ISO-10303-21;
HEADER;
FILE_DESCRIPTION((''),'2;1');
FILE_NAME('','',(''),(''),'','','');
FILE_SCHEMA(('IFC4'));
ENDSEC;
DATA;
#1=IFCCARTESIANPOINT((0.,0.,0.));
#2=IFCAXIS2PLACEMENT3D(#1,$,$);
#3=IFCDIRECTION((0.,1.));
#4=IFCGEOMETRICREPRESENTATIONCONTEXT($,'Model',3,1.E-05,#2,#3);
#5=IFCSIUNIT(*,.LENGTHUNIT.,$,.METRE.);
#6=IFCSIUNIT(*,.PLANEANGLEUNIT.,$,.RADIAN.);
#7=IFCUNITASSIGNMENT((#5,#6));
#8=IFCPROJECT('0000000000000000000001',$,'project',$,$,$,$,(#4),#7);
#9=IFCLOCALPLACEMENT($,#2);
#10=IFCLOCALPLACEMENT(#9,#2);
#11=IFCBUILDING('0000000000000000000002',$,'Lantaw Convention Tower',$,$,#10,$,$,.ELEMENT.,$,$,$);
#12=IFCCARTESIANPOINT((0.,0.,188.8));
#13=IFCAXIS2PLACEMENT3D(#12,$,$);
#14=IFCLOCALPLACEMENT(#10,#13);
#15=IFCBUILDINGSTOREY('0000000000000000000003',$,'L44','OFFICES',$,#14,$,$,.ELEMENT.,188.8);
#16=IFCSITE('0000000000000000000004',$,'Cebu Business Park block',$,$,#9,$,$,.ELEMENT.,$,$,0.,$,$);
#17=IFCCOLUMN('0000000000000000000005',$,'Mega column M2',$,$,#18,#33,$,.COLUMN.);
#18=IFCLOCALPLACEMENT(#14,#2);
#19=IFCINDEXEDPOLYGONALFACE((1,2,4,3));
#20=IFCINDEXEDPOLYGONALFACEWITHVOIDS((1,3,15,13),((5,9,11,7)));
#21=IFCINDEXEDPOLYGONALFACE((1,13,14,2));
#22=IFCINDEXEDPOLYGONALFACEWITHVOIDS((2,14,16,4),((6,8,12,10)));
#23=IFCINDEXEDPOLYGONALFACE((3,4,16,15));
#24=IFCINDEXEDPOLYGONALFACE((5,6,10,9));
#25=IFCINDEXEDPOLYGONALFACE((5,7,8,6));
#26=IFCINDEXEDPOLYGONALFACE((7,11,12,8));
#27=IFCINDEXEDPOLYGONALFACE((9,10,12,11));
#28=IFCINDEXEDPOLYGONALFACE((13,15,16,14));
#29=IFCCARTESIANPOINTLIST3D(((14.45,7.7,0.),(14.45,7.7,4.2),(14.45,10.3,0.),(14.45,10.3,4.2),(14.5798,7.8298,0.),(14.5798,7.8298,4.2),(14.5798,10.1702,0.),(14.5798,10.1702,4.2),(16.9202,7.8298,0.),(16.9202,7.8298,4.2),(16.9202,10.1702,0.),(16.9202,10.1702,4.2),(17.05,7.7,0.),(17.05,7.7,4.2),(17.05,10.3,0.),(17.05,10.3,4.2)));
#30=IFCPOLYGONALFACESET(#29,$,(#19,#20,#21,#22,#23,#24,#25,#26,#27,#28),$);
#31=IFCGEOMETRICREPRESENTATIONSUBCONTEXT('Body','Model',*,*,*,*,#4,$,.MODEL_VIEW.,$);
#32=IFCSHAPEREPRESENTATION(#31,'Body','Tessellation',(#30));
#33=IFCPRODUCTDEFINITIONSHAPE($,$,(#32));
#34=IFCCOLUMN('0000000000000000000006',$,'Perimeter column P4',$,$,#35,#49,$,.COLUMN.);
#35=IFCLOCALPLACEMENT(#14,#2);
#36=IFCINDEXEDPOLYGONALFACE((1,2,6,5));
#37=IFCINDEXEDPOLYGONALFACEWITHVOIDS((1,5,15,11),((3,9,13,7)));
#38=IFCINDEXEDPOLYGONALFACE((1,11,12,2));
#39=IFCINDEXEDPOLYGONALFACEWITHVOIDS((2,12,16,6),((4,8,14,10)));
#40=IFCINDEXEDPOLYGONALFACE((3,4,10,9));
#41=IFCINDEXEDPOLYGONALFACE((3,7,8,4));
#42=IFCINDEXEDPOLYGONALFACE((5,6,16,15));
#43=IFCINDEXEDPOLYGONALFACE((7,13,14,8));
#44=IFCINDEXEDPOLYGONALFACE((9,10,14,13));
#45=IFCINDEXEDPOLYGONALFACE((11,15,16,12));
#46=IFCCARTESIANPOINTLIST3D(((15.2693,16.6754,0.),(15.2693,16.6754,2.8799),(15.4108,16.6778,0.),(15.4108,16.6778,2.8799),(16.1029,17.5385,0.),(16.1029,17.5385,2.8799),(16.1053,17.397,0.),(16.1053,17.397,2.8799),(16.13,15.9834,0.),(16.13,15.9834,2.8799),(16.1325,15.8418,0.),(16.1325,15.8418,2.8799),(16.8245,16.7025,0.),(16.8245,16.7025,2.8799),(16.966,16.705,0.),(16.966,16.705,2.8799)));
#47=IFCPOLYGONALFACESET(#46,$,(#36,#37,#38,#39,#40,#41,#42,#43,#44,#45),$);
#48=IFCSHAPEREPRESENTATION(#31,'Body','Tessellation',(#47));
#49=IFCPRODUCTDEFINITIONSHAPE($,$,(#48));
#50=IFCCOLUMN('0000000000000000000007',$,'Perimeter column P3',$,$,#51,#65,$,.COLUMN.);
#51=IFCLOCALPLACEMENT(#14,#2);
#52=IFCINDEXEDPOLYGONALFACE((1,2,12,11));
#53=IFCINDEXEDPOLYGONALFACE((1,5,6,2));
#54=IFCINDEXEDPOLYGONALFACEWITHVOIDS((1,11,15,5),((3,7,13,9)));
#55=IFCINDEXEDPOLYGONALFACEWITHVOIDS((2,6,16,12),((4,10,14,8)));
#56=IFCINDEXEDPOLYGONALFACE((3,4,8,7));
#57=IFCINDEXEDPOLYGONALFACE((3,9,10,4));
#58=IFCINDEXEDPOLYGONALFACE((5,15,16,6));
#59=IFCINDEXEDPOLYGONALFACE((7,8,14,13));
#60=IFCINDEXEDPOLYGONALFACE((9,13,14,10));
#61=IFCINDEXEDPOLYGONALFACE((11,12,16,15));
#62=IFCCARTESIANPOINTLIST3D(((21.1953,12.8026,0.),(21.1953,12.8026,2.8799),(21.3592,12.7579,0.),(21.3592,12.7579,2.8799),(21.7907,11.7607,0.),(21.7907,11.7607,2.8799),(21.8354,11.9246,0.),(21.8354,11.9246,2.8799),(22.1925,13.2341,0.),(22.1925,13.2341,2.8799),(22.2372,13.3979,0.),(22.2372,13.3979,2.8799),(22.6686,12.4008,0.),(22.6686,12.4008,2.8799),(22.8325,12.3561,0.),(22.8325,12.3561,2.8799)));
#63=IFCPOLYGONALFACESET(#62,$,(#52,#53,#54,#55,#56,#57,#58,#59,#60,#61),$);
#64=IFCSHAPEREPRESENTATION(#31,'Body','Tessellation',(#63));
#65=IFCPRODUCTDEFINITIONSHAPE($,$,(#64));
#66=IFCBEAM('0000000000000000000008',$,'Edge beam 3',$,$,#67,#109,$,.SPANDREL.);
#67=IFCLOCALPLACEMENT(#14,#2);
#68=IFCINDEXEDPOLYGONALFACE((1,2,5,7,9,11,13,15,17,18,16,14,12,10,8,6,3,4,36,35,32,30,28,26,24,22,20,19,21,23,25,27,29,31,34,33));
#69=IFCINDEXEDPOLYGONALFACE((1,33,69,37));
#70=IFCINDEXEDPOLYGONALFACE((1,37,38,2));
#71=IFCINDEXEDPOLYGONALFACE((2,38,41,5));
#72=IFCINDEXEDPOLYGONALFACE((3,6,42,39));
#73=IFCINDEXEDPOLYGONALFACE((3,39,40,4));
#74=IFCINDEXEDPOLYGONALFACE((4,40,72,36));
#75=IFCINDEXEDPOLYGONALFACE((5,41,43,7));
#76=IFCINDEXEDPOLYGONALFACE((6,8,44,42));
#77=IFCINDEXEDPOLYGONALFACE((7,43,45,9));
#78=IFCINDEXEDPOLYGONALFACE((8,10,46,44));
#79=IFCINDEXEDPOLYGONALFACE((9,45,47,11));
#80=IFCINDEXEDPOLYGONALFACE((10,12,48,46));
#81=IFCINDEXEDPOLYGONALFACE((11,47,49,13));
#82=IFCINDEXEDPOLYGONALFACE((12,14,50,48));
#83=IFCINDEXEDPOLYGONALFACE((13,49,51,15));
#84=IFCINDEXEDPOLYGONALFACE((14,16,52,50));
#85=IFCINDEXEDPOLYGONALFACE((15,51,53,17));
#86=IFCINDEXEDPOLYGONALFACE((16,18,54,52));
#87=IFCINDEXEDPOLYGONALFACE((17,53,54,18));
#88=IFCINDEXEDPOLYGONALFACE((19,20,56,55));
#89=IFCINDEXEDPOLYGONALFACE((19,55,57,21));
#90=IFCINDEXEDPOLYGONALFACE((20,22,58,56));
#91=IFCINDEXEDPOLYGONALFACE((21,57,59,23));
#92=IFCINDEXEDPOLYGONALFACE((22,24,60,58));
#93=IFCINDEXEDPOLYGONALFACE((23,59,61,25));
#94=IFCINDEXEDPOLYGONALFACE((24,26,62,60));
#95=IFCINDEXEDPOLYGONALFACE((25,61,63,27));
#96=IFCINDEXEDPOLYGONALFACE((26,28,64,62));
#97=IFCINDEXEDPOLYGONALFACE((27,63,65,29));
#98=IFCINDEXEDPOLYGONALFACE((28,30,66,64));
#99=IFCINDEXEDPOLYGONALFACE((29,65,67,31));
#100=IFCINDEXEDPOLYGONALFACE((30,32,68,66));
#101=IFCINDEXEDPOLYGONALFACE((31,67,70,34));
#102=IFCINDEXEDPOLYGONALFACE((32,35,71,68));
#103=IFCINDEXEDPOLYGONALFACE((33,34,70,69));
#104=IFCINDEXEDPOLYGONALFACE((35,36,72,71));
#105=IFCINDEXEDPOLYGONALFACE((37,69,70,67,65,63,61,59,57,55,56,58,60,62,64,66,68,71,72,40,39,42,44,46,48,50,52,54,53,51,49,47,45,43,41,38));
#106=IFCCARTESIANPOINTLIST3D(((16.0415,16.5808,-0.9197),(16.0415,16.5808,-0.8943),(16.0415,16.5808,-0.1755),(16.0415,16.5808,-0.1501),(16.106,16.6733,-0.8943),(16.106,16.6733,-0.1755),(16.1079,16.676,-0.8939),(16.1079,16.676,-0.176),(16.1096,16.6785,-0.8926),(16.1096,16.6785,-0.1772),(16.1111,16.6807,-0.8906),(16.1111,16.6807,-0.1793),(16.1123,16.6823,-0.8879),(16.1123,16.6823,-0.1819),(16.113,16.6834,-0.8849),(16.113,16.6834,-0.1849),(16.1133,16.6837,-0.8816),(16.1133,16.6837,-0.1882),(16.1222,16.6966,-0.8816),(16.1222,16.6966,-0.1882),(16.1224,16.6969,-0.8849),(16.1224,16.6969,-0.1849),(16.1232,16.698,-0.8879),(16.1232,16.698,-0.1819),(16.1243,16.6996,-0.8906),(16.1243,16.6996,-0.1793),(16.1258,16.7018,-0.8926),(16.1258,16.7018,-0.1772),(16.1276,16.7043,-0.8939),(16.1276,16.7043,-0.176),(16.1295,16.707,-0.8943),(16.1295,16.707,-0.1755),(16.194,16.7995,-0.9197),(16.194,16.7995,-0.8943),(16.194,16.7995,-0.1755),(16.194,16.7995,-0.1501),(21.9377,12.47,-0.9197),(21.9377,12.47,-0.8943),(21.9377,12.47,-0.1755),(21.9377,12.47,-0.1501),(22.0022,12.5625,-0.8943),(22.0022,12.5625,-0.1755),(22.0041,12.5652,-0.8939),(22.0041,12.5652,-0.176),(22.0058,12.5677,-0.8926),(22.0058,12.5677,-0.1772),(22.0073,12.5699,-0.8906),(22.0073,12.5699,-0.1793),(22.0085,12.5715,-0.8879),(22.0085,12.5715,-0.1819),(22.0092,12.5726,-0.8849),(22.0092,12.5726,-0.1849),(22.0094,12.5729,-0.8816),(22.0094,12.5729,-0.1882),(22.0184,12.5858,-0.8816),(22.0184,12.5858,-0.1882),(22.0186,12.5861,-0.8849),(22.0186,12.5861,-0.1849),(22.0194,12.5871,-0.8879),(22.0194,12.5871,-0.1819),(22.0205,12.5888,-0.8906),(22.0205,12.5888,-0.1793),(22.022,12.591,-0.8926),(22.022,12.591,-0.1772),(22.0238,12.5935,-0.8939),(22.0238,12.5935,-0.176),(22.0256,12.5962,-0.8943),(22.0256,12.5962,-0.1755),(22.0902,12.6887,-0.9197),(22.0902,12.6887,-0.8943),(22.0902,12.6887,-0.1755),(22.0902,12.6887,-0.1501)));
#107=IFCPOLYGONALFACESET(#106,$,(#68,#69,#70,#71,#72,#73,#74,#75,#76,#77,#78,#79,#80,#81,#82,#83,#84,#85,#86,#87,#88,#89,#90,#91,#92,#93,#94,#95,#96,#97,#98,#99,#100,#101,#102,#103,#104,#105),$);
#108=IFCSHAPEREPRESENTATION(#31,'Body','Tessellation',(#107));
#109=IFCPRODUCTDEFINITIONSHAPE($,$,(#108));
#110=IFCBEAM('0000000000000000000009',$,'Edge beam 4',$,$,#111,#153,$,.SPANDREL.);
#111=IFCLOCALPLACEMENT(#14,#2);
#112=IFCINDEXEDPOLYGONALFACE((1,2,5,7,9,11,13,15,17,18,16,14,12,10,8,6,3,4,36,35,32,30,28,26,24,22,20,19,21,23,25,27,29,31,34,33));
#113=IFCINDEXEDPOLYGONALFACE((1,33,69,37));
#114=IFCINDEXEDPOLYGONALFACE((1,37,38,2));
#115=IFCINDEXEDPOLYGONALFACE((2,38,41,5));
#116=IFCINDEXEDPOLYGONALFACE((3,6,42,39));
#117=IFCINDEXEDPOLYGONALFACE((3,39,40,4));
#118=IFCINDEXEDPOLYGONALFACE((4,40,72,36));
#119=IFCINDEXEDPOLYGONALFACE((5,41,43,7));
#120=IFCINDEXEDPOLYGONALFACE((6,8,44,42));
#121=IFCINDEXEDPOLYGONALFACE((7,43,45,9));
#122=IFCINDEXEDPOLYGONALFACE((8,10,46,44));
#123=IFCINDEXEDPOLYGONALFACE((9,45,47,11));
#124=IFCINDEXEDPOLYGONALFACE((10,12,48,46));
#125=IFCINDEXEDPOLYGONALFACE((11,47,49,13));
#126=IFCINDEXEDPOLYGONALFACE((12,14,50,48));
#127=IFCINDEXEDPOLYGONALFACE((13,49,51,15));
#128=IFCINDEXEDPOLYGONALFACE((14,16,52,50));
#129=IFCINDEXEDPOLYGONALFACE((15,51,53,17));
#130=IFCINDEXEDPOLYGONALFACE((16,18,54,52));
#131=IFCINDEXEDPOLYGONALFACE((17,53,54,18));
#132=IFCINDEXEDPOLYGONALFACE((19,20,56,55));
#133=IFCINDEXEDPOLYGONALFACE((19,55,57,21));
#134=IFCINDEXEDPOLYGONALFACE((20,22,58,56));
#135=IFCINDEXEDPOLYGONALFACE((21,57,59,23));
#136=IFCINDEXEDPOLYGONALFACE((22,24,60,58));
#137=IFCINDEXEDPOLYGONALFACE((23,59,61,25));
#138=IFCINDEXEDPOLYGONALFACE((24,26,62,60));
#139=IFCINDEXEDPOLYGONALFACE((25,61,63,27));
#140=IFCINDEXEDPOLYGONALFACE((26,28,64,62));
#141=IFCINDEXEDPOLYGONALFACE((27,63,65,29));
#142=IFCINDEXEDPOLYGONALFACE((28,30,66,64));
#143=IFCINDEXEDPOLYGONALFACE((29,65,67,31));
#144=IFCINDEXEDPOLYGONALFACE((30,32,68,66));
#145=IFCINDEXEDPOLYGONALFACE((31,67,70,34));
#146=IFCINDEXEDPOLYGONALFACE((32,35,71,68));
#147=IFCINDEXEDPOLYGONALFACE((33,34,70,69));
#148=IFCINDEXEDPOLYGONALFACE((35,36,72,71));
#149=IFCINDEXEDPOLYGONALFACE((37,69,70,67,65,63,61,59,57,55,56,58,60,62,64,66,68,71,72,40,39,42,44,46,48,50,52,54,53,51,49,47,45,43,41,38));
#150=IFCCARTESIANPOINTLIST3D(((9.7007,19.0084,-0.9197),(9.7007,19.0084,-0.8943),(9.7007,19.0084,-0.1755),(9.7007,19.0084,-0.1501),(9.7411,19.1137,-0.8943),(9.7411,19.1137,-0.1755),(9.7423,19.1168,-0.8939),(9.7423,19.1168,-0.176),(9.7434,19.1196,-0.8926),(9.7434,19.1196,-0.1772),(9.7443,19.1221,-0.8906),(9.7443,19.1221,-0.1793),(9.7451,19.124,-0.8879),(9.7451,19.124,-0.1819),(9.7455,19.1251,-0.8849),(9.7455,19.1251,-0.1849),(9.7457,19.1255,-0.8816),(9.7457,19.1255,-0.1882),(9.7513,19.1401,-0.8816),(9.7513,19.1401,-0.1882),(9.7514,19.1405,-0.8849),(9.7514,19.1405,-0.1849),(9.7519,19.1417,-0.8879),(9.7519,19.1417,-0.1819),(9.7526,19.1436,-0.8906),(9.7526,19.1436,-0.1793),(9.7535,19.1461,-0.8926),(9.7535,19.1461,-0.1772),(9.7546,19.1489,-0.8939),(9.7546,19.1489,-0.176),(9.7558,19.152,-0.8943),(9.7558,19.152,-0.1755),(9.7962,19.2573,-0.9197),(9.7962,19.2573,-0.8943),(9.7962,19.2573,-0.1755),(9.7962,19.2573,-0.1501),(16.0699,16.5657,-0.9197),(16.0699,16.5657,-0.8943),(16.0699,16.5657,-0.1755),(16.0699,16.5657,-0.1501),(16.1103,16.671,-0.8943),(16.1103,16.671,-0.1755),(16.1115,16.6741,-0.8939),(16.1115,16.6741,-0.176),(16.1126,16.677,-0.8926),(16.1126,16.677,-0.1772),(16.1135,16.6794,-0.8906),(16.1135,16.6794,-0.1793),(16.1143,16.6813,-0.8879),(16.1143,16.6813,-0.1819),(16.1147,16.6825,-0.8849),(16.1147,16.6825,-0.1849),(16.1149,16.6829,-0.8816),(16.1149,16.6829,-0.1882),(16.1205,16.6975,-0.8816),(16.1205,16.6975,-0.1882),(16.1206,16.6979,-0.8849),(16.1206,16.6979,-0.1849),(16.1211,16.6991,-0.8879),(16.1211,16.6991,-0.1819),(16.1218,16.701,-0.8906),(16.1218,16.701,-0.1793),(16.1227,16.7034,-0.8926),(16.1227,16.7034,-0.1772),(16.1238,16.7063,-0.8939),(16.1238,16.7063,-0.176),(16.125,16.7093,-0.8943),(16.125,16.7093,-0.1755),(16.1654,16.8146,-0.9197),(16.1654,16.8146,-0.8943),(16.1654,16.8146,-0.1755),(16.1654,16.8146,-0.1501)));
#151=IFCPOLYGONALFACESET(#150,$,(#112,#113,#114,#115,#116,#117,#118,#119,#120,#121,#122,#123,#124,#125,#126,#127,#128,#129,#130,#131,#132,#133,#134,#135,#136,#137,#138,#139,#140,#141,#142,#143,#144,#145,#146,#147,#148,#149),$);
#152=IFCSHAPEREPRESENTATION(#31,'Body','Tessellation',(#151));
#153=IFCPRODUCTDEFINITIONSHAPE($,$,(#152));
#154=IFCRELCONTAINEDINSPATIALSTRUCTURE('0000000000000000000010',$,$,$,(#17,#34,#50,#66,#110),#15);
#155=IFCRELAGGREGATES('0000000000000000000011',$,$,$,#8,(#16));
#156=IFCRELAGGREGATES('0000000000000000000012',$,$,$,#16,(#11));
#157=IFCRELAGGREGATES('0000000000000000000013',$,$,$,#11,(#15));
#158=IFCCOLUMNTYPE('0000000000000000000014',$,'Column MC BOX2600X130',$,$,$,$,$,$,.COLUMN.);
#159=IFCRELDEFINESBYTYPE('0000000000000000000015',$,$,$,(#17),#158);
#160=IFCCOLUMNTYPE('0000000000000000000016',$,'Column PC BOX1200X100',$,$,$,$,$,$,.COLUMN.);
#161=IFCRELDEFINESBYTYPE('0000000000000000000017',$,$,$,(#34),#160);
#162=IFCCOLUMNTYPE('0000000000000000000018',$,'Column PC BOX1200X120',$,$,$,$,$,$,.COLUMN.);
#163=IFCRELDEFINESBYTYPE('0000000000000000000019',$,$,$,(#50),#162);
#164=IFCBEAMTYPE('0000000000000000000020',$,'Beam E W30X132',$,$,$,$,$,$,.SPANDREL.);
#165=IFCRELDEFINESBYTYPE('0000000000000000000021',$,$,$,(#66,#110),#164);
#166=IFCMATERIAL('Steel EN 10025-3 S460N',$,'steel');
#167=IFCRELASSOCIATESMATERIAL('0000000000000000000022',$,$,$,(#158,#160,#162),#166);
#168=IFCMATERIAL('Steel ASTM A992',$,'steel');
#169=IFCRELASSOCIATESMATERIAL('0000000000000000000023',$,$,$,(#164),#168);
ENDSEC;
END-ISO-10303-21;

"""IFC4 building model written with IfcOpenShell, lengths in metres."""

from ifc_helpers import new_model, si_unit, direction, frame, origin, origin_2d, place, context, subcontext, project, spatial, rectangle, hollow_rectangle, i_section, extrude, material, material_profile, profile_set, type_object, element, save


model = new_model("IFC4")

# Units and contexts
model_context = context("Model", 3, precision=1e-05, world=origin(), true_north=direction((0.0, 1.0)))
body_context = subcontext(model_context, "Body", "Model", "MODEL_VIEW")
ifc_project = project(units=[si_unit("LENGTHUNIT", "METRE"), si_unit("PLANEANGLEUNIT", "RADIAN")], contexts=[model_context])

# Site, building, storey
site_placement = place(None, origin())
site = spatial("IfcSite", under=ifc_project, at=site_placement, Name="Cebu Business Park block", CompositionType="ELEMENT", RefElevation=0.0)
building_placement = place(site_placement, origin())
building = spatial("IfcBuilding", under=site, at=building_placement, Name="Lantaw Convention Tower", CompositionType="ELEMENT")
storey_placement = place(building_placement, frame((0.0, 0.0, 188.8)))
storey = spatial("IfcBuildingStorey", under=building, at=storey_placement, Name="L44", Description="OFFICES", CompositionType="ELEMENT", Elevation=188.8)

# Columns
ifc_material_1 = material(Name="Steel EN 10025-3 S460N", Category="steel")
ifc_material_profile_1 = material_profile(ifc_material_1, hollow_rectangle(XDim=2.6001, YDim=2.6001, WallThickness=0.1299, at=origin_2d()), Name="BOX2600X130")
ifc_material_2 = material(Name="Concrete C60/75", Category="concrete")
ifc_material_profile_2 = material_profile(ifc_material_2, rectangle(XDim=2.3401, YDim=2.3401, at=origin_2d()), Name="Concrete fill of BOX2600X130")
ifc_profile_set_1 = profile_set([ifc_material_profile_1, ifc_material_profile_2], Name="Steel EN 10025-3 S460N")
column_type_1 = type_object("IfcColumnType", Name="Column MC BOX2600X130", PredefinedType="COLUMN", material=ifc_profile_set_1)
column_1_placement = place(storey_placement, frame((15.75, 9.0, 0.0), z_axis=(0.0, 0.0, 1.0), x_axis=(1.0, 0.0, 0.0)))
element("IfcColumn", 1, at=column_1_placement, inside=storey, type_object=column_type_1, Name="Mega column M2", PredefinedType="COLUMN", context=body_context, shape_type="SweptSolid", body=[
    extrude(hollow_rectangle(XDim=2.6001, YDim=2.6001, WallThickness=0.1299, at=origin_2d()), origin(), (0.0, 0.0, 1.0), 4.2),
])
ifc_material_profile_3 = material_profile(ifc_material_1, hollow_rectangle(XDim=1.2, YDim=1.2, WallThickness=0.1001, at=origin_2d()), Name="BOX1200X100")
ifc_material_profile_4 = material_profile(ifc_material_2, rectangle(XDim=1.0, YDim=1.0, at=origin_2d()), Name="Concrete fill of BOX1200X100")
ifc_profile_set_2 = profile_set([ifc_material_profile_3, ifc_material_profile_4], Name="Steel EN 10025-3 S460N")
column_type_2 = type_object("IfcColumnType", Name="Column PC BOX1200X100", PredefinedType="COLUMN", material=ifc_profile_set_2)
column_2_placement = place(storey_placement, frame((16.1177, 16.6902, 0.0), z_axis=(0.0, 0.0, 1.0), x_axis=(0.694658, 0.71934, 0.0)))
element("IfcColumn", 2, at=column_2_placement, inside=storey, type_object=column_type_2, Name="Perimeter column P4", PredefinedType="COLUMN", context=body_context, shape_type="SweptSolid", body=[
    extrude(hollow_rectangle(XDim=1.2, YDim=1.2, WallThickness=0.1001, at=origin_2d()), origin(), (0.0, 0.0, 1.0), 2.8799),
])
ifc_material_profile_5 = material_profile(ifc_material_1, hollow_rectangle(XDim=1.2, YDim=1.2, WallThickness=0.1201, at=origin_2d()), Name="BOX1200X120")
ifc_material_profile_6 = material_profile(ifc_material_2, rectangle(XDim=0.96, YDim=0.96, at=origin_2d()), Name="Concrete fill of BOX1200X120")
ifc_profile_set_3 = profile_set([ifc_material_profile_5, ifc_material_profile_6], Name="Steel EN 10025-3 S460N")
column_type_3 = type_object("IfcColumnType", Name="Column PC BOX1200X120", PredefinedType="COLUMN", material=ifc_profile_set_3)
column_3_placement = place(storey_placement, frame((22.0139, 12.5793, 0.0), z_axis=(0.0, 0.0, 1.0), x_axis=(0.868243, 0.496139, 0.0)))
element("IfcColumn", 3, at=column_3_placement, inside=storey, type_object=column_type_3, Name="Perimeter column P3", PredefinedType="COLUMN", context=body_context, shape_type="SweptSolid", body=[
    extrude(hollow_rectangle(XDim=1.2, YDim=1.2, WallThickness=0.1201, at=origin_2d()), origin(), (0.0, 0.0, 1.0), 2.8799),
])

# Beams
ifc_material_3 = material(Name="Steel ASTM A992", Category="steel")
ifc_material_profile_7 = material_profile(ifc_material_3, i_section(OverallWidth=0.2666, OverallDepth=0.7695, WebThickness=0.0156, FlangeThickness=0.0254, FilletRadius=0.0127, at=origin_2d()), Name="W30X132")
ifc_profile_set_4 = profile_set([ifc_material_profile_7], Name="Steel ASTM A992")
beam_type_1 = type_object("IfcBeamType", Name="Beam E W30X132", PredefinedType="SPANDREL", material=ifc_profile_set_4)
beam_1_placement = place(storey_placement, frame((22.0139, 12.5793, -0.5349), z_axis=(-0.820311, 0.571918, 0.0), x_axis=(-0.571918, -0.820311, 0.0)))
element("IfcBeam", 4, at=beam_1_placement, inside=storey, type_object=beam_type_1, Name="Edge beam 3", PredefinedType="SPANDREL", context=body_context, shape_type="SweptSolid", body=[
    extrude(i_section(OverallWidth=0.2666, OverallDepth=0.7695, WebThickness=0.0156, FlangeThickness=0.0254, FilletRadius=0.0127, at=origin_2d()), origin(), (0.0, 0.0, 1.0), 7.1877),
])
beam_2_placement = place(storey_placement, frame((16.1177, 16.6902, -0.5349), z_axis=(-0.933691, 0.35808, 0.0), x_axis=(-0.35808, -0.933691, 0.0)))
element("IfcBeam", 5, at=beam_2_placement, inside=storey, type_object=beam_type_1, Name="Edge beam 4", PredefinedType="SPANDREL", context=body_context, shape_type="SweptSolid", body=[
    extrude(i_section(OverallWidth=0.2666, OverallDepth=0.7695, WebThickness=0.0156, FlangeThickness=0.0254, FilletRadius=0.0127, at=origin_2d()), origin(), (0.0, 0.0, 1.0), 6.8215),
])

save(model, "model.ifc")
